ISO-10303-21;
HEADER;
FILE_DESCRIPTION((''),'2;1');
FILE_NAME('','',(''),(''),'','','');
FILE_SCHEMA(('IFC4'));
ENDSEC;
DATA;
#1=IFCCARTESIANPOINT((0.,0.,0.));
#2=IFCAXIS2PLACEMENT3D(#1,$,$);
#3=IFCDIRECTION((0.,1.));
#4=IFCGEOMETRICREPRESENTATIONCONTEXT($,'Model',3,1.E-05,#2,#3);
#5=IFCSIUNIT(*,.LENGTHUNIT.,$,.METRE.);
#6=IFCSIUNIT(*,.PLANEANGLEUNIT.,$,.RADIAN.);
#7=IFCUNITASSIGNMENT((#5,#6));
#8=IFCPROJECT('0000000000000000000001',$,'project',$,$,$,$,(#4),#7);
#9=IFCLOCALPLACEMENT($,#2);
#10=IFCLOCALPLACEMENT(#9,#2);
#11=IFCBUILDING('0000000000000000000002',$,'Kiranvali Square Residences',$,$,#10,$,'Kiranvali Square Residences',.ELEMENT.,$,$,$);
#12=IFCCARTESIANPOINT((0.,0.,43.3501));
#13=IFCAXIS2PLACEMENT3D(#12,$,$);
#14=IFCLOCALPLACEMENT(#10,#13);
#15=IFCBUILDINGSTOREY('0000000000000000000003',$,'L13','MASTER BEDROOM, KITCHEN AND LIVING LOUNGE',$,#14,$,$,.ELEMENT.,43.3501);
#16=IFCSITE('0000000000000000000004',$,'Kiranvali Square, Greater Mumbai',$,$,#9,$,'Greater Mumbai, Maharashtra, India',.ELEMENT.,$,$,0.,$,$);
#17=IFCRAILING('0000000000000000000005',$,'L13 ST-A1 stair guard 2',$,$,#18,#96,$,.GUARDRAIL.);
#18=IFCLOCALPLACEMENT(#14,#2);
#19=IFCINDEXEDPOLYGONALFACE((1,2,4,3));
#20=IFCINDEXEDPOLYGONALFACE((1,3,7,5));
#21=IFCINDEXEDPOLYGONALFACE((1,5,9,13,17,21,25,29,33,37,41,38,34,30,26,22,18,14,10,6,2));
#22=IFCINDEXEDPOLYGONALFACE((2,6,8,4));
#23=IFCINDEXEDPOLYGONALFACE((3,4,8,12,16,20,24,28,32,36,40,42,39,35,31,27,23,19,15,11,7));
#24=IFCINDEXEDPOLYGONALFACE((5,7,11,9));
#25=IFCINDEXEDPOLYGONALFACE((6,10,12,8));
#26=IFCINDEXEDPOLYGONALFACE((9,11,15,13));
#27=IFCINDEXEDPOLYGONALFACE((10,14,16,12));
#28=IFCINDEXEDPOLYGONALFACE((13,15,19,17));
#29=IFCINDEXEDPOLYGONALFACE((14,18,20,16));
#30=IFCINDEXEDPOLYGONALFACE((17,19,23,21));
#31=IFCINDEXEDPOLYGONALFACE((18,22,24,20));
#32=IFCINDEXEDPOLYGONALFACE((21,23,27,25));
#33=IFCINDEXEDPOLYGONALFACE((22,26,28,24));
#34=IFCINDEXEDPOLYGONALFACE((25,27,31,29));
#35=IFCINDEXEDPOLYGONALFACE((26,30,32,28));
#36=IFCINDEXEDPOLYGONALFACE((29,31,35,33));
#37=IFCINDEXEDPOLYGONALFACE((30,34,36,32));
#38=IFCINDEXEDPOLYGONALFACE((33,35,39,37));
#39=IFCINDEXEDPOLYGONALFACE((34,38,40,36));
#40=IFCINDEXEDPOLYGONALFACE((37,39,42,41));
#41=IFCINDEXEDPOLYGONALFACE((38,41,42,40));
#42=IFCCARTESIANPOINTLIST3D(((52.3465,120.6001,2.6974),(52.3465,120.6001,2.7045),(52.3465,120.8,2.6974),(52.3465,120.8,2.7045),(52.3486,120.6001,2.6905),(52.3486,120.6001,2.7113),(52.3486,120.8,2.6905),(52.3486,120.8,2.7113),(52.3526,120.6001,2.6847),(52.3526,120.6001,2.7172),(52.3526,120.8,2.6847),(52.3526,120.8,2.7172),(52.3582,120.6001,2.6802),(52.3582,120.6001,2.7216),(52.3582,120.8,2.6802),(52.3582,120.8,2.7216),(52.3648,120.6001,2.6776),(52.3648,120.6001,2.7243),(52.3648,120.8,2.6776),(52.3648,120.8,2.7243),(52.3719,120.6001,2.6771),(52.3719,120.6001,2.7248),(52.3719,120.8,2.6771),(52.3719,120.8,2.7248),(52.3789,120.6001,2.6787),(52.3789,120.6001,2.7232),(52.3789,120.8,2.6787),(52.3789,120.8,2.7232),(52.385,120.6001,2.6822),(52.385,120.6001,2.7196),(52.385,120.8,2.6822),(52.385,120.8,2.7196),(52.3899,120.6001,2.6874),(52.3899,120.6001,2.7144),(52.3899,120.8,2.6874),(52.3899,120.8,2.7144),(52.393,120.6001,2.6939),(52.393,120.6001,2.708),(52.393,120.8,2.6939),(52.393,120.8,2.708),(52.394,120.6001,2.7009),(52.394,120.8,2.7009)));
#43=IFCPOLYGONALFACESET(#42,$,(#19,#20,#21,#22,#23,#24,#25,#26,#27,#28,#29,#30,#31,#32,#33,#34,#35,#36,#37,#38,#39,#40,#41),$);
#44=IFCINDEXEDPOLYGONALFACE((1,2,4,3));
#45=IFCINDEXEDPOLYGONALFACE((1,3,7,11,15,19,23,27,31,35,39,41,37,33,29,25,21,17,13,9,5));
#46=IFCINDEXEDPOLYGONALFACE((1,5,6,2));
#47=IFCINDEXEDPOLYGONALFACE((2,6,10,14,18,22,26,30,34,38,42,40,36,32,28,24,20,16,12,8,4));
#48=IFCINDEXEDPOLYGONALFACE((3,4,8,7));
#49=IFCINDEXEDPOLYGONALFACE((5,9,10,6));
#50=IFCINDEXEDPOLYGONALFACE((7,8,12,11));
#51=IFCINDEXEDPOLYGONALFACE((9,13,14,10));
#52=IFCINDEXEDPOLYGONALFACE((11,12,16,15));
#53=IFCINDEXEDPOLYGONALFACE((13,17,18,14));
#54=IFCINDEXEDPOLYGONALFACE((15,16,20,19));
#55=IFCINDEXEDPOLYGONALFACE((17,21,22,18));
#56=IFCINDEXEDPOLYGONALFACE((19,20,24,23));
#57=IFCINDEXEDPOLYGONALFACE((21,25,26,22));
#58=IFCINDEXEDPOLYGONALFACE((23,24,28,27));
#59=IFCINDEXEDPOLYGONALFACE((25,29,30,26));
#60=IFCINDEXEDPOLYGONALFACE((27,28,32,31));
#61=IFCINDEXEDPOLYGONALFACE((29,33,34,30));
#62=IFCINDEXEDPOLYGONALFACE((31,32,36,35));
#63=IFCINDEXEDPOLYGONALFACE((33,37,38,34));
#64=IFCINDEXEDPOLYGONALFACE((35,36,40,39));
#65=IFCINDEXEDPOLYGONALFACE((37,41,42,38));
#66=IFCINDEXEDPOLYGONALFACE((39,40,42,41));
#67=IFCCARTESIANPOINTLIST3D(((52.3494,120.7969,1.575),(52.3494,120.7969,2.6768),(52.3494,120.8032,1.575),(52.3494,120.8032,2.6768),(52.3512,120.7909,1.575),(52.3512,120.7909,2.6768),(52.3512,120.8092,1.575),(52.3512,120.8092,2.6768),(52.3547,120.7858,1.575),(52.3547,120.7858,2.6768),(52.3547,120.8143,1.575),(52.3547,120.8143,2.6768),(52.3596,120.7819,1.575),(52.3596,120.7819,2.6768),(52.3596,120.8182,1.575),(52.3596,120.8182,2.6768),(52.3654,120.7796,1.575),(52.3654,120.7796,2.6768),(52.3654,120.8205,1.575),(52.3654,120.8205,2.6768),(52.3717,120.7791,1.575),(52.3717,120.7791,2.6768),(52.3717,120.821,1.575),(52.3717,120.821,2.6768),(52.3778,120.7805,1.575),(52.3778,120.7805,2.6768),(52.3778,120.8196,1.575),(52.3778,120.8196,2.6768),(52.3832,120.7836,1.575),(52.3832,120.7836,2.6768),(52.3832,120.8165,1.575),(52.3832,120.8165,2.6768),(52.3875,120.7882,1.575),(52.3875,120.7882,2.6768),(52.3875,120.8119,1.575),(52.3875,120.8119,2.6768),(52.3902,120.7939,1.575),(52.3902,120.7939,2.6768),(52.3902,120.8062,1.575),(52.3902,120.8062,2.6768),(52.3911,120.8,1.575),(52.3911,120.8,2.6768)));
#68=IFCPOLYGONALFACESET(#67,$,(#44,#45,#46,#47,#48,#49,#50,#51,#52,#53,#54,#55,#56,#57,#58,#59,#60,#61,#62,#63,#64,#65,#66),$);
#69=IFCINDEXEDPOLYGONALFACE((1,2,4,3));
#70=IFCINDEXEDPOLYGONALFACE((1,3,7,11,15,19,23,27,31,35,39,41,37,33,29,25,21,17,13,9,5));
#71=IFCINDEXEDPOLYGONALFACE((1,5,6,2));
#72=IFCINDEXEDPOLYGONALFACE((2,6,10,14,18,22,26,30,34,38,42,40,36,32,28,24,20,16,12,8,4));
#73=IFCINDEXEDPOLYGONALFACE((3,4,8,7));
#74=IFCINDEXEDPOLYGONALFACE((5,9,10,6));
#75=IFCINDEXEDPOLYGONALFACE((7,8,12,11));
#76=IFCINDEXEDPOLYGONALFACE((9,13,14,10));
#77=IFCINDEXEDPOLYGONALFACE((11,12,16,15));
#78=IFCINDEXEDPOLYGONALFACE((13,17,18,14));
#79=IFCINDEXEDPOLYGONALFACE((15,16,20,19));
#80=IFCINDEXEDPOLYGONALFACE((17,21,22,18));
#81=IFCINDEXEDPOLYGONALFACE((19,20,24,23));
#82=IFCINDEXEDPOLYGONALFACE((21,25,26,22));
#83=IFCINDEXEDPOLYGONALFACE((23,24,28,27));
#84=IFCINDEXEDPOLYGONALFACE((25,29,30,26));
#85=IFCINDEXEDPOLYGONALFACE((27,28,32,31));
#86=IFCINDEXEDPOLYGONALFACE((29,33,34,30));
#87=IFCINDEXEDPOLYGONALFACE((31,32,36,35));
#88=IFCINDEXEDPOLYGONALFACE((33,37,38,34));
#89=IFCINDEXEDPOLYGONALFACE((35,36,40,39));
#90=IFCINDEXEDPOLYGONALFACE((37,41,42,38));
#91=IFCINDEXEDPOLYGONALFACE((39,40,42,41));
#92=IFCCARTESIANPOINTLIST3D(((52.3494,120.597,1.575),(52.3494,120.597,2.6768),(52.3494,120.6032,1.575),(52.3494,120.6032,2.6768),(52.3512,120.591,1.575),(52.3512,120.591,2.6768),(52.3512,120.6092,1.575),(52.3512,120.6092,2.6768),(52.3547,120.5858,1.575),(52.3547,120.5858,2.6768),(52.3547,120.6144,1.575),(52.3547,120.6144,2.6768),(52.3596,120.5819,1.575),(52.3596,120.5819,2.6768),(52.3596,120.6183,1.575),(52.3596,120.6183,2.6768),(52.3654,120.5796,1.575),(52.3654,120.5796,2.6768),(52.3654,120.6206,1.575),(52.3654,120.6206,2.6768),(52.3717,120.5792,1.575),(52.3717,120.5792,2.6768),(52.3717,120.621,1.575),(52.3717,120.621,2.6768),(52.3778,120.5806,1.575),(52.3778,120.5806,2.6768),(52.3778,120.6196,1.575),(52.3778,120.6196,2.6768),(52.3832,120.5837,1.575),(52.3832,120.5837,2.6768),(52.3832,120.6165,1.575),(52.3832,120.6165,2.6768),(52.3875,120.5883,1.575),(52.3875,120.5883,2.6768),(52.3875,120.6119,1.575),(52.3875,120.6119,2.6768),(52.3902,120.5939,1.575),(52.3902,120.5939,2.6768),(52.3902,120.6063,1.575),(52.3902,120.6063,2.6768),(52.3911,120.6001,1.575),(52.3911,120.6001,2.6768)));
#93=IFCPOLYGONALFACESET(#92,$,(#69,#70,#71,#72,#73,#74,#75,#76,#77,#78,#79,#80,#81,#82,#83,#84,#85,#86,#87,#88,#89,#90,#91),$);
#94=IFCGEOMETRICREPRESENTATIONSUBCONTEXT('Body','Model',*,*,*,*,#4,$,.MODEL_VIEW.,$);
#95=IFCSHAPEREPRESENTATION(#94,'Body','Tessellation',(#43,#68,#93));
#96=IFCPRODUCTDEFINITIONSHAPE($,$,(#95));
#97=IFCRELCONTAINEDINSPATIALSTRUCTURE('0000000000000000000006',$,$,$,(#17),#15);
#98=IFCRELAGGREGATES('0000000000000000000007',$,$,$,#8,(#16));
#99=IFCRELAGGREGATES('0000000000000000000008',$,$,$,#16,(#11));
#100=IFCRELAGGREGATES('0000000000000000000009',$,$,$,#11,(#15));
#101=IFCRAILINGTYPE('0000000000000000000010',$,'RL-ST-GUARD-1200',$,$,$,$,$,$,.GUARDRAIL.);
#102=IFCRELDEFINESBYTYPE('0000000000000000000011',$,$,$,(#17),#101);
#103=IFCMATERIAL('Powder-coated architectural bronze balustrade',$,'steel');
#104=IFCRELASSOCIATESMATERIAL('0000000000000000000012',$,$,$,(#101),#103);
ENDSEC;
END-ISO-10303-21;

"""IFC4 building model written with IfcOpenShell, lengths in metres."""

from ifc_helpers import new_model, si_unit, direction, frame, origin, origin_2d, place, context, subcontext, project, spatial, circle, extrude, material, type_object, element, save


model = new_model("IFC4")

# Units and contexts
model_context = context("Model", 3, precision=1e-05, world=origin(), true_north=direction((0.0, 1.0)))
body_context = subcontext(model_context, "Body", "Model", "MODEL_VIEW")
ifc_project = project(units=[si_unit("LENGTHUNIT", "METRE"), si_unit("PLANEANGLEUNIT", "RADIAN")], contexts=[model_context])

# Site, building, storey
site_placement = place(None, origin())
site = spatial("IfcSite", under=ifc_project, at=site_placement, Name="Kiranvali Square, Greater Mumbai", LongName="Greater Mumbai, Maharashtra, India", CompositionType="ELEMENT", RefElevation=0.0)
building_placement = place(site_placement, origin())
building = spatial("IfcBuilding", under=site, at=building_placement, Name="Kiranvali Square Residences", LongName="Kiranvali Square Residences", CompositionType="ELEMENT")
storey_placement = place(building_placement, frame((0.0, 0.0, 43.3501)))
storey = spatial("IfcBuildingStorey", under=building, at=storey_placement, Name="L13", Description="MASTER BEDROOM, KITCHEN AND LIVING LOUNGE", CompositionType="ELEMENT", Elevation=43.3501)

# Railing
ifc_material_1 = material(Name="Powder-coated architectural bronze balustrade", Category="steel")
railing_type_1 = type_object("IfcRailingType", Name="RL-ST-GUARD-1200", PredefinedType="GUARDRAIL", material=ifc_material_1)
railing_1_placement = place(storey_placement, frame((52.3701, 120.8, 1.575)))
element("IfcRailing", 1, at=railing_1_placement, inside=storey, type_object=railing_type_1, Name="L13 ST-A1 stair guard 2", PredefinedType="GUARDRAIL", context=body_context, shape_type="SweptSolid", body=[
    extrude(circle(Radius=0.0239, at=origin_2d()), frame((0.0, 0.0, 1.126), z_axis=(0.0, -1.0, 0.0), x_axis=(1.0, 0.0, 0.0)), (0.0, 0.0, 1.0), 0.2),
    extrude(circle(Radius=0.021, at=origin_2d()), origin(), (0.0, 0.0, 1.0), 1.1018),
    extrude(circle(Radius=0.021, at=origin_2d()), frame((0.0, -0.2, 0.0)), (0.0, 0.0, 1.0), 1.1018),
])

save(model, "model.ifc")
